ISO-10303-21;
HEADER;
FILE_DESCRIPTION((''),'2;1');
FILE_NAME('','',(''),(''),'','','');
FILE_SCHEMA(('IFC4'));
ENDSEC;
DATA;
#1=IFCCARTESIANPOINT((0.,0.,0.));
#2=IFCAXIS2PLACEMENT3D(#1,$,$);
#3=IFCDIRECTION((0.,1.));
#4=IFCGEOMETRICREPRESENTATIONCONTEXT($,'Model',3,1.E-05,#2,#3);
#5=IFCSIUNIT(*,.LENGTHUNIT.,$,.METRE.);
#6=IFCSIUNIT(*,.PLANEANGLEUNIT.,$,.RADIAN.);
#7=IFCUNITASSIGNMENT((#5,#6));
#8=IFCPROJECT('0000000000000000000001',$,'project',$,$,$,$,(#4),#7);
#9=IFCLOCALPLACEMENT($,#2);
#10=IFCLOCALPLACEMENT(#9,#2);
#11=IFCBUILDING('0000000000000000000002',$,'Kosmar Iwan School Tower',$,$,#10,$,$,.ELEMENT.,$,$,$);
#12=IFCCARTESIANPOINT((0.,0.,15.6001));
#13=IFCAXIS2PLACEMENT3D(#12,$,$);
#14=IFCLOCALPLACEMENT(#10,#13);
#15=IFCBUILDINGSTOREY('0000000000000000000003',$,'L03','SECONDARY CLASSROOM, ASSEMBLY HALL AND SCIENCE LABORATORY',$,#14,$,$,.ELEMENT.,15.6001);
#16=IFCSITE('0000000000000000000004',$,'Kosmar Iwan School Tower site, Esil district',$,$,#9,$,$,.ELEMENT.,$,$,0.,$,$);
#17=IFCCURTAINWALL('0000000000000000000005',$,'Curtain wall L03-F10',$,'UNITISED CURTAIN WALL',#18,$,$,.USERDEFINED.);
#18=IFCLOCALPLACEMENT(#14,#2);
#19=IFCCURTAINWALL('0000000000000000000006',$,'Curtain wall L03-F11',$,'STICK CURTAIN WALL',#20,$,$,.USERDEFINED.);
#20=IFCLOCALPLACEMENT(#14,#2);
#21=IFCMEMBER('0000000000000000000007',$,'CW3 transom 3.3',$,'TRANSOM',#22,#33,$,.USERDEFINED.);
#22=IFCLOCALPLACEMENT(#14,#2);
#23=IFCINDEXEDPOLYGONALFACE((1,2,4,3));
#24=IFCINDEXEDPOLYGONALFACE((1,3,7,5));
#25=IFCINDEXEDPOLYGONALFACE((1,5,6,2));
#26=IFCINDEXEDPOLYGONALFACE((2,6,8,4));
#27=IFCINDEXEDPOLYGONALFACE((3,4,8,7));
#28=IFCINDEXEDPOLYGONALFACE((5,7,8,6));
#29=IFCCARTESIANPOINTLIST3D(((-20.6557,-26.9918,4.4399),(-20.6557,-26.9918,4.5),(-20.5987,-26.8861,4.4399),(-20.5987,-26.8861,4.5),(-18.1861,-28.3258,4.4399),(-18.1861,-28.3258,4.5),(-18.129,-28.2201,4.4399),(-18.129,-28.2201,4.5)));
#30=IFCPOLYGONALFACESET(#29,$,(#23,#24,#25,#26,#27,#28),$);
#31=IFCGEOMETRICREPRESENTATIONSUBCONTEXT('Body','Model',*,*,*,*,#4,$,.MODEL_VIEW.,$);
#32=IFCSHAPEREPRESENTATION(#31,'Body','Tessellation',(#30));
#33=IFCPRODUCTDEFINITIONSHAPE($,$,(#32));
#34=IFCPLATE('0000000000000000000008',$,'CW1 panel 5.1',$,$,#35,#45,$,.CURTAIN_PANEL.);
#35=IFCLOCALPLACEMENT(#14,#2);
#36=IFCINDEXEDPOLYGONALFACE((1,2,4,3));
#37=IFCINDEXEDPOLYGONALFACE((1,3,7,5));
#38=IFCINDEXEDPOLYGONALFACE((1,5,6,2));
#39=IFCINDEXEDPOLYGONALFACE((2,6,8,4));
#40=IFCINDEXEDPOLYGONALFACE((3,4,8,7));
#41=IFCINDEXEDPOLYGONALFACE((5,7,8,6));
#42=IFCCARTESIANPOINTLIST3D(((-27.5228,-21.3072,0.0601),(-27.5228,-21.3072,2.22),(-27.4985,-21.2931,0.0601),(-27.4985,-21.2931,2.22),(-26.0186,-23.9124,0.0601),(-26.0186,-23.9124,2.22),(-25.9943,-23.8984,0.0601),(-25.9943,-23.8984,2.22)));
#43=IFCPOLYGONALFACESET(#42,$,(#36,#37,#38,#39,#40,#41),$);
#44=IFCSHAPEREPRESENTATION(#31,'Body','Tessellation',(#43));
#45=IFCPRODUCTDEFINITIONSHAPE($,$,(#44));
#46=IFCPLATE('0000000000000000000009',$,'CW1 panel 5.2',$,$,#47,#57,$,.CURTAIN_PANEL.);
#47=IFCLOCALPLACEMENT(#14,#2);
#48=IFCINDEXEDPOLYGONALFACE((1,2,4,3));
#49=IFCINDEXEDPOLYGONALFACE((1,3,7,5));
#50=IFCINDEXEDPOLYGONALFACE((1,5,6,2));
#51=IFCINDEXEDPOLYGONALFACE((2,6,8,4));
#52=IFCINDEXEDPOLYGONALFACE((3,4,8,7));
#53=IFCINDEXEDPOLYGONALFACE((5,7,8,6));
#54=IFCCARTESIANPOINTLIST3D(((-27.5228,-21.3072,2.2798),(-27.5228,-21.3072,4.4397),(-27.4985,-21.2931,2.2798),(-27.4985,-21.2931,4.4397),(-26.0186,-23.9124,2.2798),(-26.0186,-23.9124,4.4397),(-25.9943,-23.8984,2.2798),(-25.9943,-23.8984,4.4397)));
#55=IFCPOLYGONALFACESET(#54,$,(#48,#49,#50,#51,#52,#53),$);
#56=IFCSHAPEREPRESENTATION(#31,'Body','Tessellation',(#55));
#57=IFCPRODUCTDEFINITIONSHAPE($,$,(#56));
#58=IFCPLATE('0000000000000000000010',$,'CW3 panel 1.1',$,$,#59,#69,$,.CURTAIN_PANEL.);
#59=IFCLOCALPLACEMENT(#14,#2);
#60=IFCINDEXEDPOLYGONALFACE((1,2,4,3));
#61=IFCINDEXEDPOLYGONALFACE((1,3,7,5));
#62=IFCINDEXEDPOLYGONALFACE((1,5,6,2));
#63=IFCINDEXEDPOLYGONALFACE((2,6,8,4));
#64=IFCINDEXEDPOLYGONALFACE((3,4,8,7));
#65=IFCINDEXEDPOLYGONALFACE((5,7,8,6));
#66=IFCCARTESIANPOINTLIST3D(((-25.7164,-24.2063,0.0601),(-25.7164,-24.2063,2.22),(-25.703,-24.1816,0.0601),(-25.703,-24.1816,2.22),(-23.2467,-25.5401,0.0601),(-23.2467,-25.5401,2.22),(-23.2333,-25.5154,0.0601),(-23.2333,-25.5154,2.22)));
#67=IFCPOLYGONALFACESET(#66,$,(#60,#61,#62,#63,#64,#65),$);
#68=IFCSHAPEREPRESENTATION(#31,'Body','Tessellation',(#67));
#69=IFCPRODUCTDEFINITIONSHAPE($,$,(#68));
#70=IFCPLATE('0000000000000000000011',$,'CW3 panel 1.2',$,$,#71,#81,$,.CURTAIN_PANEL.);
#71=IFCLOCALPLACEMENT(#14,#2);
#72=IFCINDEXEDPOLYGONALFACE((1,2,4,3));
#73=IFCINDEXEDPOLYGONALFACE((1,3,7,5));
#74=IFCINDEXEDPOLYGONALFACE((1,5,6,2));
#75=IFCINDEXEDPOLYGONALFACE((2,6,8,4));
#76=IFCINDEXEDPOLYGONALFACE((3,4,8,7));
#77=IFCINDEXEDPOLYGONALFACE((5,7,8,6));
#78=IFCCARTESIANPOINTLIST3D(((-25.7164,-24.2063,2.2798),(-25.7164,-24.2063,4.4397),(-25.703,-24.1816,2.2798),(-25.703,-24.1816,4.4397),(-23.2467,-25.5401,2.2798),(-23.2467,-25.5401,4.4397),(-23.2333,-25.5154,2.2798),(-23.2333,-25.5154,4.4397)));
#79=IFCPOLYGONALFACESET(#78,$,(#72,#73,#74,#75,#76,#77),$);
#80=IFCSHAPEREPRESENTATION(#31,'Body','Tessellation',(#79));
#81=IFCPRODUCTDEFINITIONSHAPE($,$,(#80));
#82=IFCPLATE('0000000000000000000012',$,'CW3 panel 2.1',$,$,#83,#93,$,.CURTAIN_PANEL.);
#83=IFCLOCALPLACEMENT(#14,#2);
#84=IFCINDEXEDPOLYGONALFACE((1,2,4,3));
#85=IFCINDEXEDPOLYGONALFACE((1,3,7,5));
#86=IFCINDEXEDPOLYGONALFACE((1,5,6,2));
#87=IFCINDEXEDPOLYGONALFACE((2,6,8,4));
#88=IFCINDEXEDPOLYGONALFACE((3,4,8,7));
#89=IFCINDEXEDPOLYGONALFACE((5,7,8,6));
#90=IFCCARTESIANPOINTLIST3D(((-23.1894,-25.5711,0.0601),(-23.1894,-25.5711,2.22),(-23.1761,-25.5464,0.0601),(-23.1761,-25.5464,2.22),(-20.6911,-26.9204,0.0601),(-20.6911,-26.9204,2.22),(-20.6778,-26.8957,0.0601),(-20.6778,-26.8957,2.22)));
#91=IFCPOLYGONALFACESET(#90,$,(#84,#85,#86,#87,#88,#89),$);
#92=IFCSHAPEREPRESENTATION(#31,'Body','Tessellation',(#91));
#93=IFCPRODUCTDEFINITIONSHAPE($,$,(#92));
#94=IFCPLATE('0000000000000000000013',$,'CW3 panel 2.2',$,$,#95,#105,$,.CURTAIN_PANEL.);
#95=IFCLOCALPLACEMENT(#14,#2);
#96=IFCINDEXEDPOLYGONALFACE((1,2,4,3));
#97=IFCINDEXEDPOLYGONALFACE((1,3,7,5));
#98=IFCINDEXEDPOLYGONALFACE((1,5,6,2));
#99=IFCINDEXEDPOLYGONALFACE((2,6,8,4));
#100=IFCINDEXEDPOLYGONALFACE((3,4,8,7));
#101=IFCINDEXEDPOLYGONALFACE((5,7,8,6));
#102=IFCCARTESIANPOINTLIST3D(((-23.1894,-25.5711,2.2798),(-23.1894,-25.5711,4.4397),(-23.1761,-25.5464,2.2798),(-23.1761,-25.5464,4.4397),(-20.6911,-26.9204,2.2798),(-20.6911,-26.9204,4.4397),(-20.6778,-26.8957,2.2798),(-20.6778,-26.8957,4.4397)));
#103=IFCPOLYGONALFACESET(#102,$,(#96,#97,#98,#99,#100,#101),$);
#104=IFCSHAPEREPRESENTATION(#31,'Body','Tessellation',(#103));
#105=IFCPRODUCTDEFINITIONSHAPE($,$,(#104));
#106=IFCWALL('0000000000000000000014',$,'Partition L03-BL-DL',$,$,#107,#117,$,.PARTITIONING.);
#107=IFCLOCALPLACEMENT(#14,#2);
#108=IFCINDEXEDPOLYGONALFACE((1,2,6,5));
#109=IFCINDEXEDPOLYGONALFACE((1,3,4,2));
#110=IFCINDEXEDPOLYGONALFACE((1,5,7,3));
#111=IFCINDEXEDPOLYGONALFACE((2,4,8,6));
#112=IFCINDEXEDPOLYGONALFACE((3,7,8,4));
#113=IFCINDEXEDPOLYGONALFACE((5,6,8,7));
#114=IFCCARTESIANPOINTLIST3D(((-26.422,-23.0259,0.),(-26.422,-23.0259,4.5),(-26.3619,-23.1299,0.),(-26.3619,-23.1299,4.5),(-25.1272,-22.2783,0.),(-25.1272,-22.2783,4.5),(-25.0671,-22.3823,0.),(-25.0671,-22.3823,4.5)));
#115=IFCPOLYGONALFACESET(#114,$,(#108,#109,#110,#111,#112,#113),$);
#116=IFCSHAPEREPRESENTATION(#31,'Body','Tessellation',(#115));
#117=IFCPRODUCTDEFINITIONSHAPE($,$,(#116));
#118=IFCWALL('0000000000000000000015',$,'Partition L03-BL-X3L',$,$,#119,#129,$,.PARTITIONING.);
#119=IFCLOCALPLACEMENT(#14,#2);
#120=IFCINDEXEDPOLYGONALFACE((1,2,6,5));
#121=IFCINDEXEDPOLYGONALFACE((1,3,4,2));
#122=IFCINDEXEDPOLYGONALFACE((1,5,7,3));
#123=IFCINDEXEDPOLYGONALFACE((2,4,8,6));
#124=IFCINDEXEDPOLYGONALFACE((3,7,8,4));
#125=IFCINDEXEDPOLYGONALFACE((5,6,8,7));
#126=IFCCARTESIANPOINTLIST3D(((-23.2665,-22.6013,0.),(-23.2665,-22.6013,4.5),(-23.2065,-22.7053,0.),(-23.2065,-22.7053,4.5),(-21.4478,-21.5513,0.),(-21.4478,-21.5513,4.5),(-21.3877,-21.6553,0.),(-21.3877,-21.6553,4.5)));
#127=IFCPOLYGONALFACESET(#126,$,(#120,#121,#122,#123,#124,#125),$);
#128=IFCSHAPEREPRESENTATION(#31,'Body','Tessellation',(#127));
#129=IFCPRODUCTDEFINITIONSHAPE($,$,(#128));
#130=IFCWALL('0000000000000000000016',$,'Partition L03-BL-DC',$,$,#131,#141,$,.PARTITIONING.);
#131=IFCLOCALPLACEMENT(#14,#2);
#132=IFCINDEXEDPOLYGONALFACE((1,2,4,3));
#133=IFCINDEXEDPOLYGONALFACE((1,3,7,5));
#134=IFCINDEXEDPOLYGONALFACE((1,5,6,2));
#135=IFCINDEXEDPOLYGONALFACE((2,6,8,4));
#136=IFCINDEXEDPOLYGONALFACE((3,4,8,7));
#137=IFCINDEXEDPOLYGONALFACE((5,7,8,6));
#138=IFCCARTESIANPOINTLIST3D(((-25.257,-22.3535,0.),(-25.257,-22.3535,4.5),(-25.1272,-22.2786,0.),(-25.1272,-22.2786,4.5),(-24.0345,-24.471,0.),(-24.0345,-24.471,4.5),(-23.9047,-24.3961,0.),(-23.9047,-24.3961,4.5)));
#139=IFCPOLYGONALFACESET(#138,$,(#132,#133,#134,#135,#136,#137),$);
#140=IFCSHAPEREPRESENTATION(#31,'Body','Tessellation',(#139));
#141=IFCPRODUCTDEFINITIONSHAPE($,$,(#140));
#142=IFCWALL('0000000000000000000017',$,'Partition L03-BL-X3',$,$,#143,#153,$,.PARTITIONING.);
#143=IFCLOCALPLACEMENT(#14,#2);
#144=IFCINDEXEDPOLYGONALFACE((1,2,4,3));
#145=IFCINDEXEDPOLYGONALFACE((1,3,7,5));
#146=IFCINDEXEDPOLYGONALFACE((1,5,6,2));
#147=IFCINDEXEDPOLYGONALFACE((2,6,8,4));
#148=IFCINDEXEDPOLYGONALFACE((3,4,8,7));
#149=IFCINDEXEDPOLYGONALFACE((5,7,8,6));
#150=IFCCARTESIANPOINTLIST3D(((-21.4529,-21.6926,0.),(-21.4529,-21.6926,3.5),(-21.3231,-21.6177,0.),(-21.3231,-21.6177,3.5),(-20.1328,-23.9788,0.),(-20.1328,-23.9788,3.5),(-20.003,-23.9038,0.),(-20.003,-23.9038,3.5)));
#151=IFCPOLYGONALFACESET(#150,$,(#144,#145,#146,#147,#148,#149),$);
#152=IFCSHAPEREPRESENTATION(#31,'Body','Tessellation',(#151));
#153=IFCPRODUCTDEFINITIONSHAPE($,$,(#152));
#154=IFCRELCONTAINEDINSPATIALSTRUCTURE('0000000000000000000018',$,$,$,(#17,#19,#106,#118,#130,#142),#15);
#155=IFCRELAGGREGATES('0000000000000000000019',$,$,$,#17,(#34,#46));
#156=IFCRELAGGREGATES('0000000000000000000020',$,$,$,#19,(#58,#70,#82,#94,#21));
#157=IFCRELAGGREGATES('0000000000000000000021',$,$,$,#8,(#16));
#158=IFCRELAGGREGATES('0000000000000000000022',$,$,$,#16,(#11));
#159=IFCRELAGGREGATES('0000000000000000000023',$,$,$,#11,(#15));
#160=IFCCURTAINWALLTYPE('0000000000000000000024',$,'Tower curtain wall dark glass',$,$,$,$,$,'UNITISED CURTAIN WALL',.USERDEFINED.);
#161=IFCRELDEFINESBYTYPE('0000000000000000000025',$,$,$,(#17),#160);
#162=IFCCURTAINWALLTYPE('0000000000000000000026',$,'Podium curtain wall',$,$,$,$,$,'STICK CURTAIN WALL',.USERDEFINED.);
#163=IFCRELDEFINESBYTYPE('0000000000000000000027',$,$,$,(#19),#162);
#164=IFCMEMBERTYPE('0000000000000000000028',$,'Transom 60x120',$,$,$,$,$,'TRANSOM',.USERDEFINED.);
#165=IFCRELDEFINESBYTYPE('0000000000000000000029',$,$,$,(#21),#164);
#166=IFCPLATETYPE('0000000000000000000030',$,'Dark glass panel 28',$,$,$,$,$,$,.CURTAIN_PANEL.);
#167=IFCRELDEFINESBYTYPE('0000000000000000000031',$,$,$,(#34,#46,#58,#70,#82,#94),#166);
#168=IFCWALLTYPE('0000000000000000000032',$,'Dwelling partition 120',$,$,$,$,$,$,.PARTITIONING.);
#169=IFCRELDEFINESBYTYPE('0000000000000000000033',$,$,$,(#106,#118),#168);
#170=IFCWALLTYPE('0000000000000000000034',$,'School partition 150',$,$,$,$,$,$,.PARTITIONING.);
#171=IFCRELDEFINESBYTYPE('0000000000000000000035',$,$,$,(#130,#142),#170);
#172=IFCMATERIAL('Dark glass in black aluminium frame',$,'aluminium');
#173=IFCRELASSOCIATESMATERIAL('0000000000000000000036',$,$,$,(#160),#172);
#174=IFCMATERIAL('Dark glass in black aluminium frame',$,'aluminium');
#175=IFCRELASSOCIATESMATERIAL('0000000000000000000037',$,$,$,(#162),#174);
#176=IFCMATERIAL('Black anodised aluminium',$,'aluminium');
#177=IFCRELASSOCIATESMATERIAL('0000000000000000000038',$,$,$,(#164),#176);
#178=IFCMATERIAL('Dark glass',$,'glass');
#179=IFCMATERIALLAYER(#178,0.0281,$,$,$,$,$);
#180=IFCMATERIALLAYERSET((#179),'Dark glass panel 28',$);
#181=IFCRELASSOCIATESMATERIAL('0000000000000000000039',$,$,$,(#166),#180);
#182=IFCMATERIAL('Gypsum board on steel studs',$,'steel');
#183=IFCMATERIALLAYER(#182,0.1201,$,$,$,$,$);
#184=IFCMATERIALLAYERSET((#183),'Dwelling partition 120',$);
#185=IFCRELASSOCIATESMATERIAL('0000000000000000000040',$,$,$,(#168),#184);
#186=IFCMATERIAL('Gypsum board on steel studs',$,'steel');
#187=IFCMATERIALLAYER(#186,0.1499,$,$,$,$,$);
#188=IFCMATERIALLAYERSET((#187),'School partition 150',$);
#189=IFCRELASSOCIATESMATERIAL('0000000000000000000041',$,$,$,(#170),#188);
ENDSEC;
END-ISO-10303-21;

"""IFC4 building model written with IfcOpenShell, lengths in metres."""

from ifc_helpers import new_model, si_unit, direction, frame, frame_2d, origin, origin_2d, place, context, subcontext, project, spatial, rectangle, extrude, material, layer, layer_set, material_profile, profile_set, type_object, element, aggregate, save


model = new_model("IFC4")

# Units and contexts
model_context = context("Model", 3, precision=1e-05, world=origin(), true_north=direction((0.0, 1.0)))
body_context = subcontext(model_context, "Body", "Model", "MODEL_VIEW")
ifc_project = project(units=[si_unit("LENGTHUNIT", "METRE"), si_unit("PLANEANGLEUNIT", "RADIAN")], contexts=[model_context])

# Site, building, storey
site_placement = place(None, origin())
site = spatial("IfcSite", under=ifc_project, at=site_placement, Name="Kosmar Iwan School Tower site, Esil district", CompositionType="ELEMENT", RefElevation=0.0)
building_placement = place(site_placement, origin())
building = spatial("IfcBuilding", under=site, at=building_placement, Name="Kosmar Iwan School Tower", CompositionType="ELEMENT")
storey_placement = place(building_placement, frame((0.0, 0.0, 15.6001)))
storey = spatial("IfcBuildingStorey", under=building, at=storey_placement, Name="L03", Description="SECONDARY CLASSROOM, ASSEMBLY HALL AND SCIENCE LABORATORY", CompositionType="ELEMENT", Elevation=15.6001)

# Curtain wall
ifc_material_1 = material(Name="Dark glass in black aluminium frame", Category="aluminium")
curtain_wall_type_1 = type_object("IfcCurtainWallType", Name="Tower curtain wall dark glass", ElementType="UNITISED CURTAIN WALL", PredefinedType="USERDEFINED", material=ifc_material_1)
curtain_wall_1_placement = place(storey_placement, origin())
curtain_wall_1 = element("IfcCurtainWall", 1, at=curtain_wall_1_placement, inside=storey, type_object=curtain_wall_type_1, Name="Curtain wall L03-F10", ObjectType="UNITISED CURTAIN WALL", PredefinedType="USERDEFINED")

# Curtain wall
ifc_material_2 = material(Name="Dark glass in black aluminium frame", Category="aluminium")
curtain_wall_type_2 = type_object("IfcCurtainWallType", Name="Podium curtain wall", ElementType="STICK CURTAIN WALL", PredefinedType="USERDEFINED", material=ifc_material_2)
curtain_wall_2_placement = place(storey_placement, origin())
curtain_wall_2 = element("IfcCurtainWall", 2, at=curtain_wall_2_placement, inside=storey, type_object=curtain_wall_type_2, Name="Curtain wall L03-F11", ObjectType="STICK CURTAIN WALL", PredefinedType="USERDEFINED")

# Member
ifc_material_3 = material(Name="Black anodised aluminium", Category="aluminium")
ifc_material_profile_1 = material_profile(ifc_material_3, rectangle(XDim=0.1201, YDim=0.0601, at=origin_2d()), Name="TRANSOM 60x120")
ifc_profile_set_1 = profile_set([ifc_material_profile_1], Name="Black anodised aluminium")
member_type_1 = type_object("IfcMemberType", Name="Transom 60x120", ElementType="TRANSOM", PredefinedType="USERDEFINED", material=ifc_profile_set_1)
member_1_placement = place(storey_placement, frame((-20.6272, -26.939, 4.47), z_axis=(0.879856, -0.47524, 0.0), x_axis=(0.47524, 0.879856, 0.0)))
member_1 = element("IfcMember", 3, at=member_1_placement, type_object=member_type_1, Name="CW3 transom 3.3", ObjectType="TRANSOM", PredefinedType="USERDEFINED", context=body_context, shape_type="SweptSolid", body=[
    extrude(rectangle(XDim=0.1201, YDim=0.0601, at=origin_2d()), origin(), (0.0, 0.0, 1.0), 2.8069),
])

# Plates
ifc_material_4 = material(Name="Dark glass", Category="glass")
ifc_layer_1 = layer(ifc_material_4, 0.0281)
ifc_layer_set_1 = layer_set([ifc_layer_1], Name="Dark glass panel 28")
plate_type = type_object("IfcPlateType", Name="Dark glass panel 28", PredefinedType="CURTAIN_PANEL", material=ifc_layer_set_1)
plate_1_placement = place(storey_placement, frame((-26.7585, -22.6028, 0.0601), z_axis=(0.0, 0.0, 1.0), x_axis=(0.5, -0.866025, 0.0)))
plate_1 = element("IfcPlate", 4, at=plate_1_placement, type_object=plate_type, Name="CW1 panel 5.1", PredefinedType="CURTAIN_PANEL", context=body_context, shape_type="SweptSolid", body=[
    extrude(rectangle(XDim=3.0083, YDim=0.0281, at=origin_2d()), origin(), (0.0, 0.0, 1.0), 2.1599),
])
plate_2_placement = place(storey_placement, frame((-26.7585, -22.6028, 2.2798), z_axis=(0.0, 0.0, 1.0), x_axis=(0.5, -0.866025, 0.0)))
plate_2 = element("IfcPlate", 5, at=plate_2_placement, type_object=plate_type, Name="CW1 panel 5.2", PredefinedType="CURTAIN_PANEL", context=body_context, shape_type="SweptSolid", body=[
    extrude(rectangle(XDim=3.0083, YDim=0.0281, at=origin_2d()), origin(), (0.0, 0.0, 1.0), 2.1599),
])
aggregate(curtain_wall_1, [plate_1, plate_2])
plate_3_placement = place(storey_placement, frame((-24.4749, -24.8608, 0.0601), z_axis=(0.0, 0.0, 1.0), x_axis=(0.879869, -0.475215, 0.0)))
plate_3 = element("IfcPlate", 6, at=plate_3_placement, type_object=plate_type, Name="CW3 panel 1.1", PredefinedType="CURTAIN_PANEL", context=body_context, shape_type="SweptSolid", body=[
    extrude(rectangle(XDim=2.8069, YDim=0.0281, at=origin_2d()), origin(), (0.0, 0.0, 1.0), 2.1599),
])
plate_4_placement = place(storey_placement, frame((-24.4749, -24.8608, 2.2798), z_axis=(0.0, 0.0, 1.0), x_axis=(0.879869, -0.475215, 0.0)))
plate_4 = element("IfcPlate", 7, at=plate_4_placement, type_object=plate_type, Name="CW3 panel 1.2", PredefinedType="CURTAIN_PANEL", context=body_context, shape_type="SweptSolid", body=[
    extrude(rectangle(XDim=2.8069, YDim=0.0281, at=origin_2d()), origin(), (0.0, 0.0, 1.0), 2.1599),
])
plate_5_placement = place(storey_placement, frame((-21.9336, -26.2334, 0.0601), z_axis=(0.0, 0.0, 1.0), x_axis=(0.879869, -0.475215, 0.0)))
plate_5 = element("IfcPlate", 8, at=plate_5_placement, type_object=plate_type, Name="CW3 panel 2.1", PredefinedType="CURTAIN_PANEL", context=body_context, shape_type="SweptSolid", body=[
    extrude(rectangle(XDim=2.8394, YDim=0.0281, at=origin_2d()), origin(), (0.0, 0.0, 1.0), 2.1599),
])
plate_6_placement = place(storey_placement, frame((-21.9336, -26.2334, 2.2798), z_axis=(0.0, 0.0, 1.0), x_axis=(0.879869, -0.475215, 0.0)))
plate_6 = element("IfcPlate", 9, at=plate_6_placement, type_object=plate_type, Name="CW3 panel 2.2", PredefinedType="CURTAIN_PANEL", context=body_context, shape_type="SweptSolid", body=[
    extrude(rectangle(XDim=2.8394, YDim=0.0281, at=origin_2d()), origin(), (0.0, 0.0, 1.0), 2.1599),
])
aggregate(curtain_wall_2, [plate_3, plate_4, plate_5, plate_6, member_1])

# Walls
ifc_material_5 = material(Name="Gypsum board on steel studs", Category="steel")
ifc_layer_2 = layer(ifc_material_5, 0.1201)
ifc_layer_set_2 = layer_set([ifc_layer_2], Name="Dwelling partition 120")
wall_type_1 = type_object("IfcWallType", Name="Dwelling partition 120", PredefinedType="PARTITIONING", material=ifc_layer_set_2)
wall_1_placement = place(storey_placement, frame((-25.0972, -22.3303, 0.0), z_axis=(0.0, 0.0, 1.0), x_axis=(-0.866003, -0.500038, 0.0)))
element("IfcWall", 10, at=wall_1_placement, inside=storey, type_object=wall_type_1, Name="Partition L03-BL-DL", PredefinedType="PARTITIONING", context=body_context, shape_type="SweptSolid", body=[
    extrude(rectangle(XDim=1.4951, YDim=0.1201, at=frame_2d((0.7476, 0.0))), origin(), (0.0, 0.0, 1.0), 4.5),
])
wall_2_placement = place(storey_placement, frame((-21.4177, -21.6033, 0.0), z_axis=(0.0, 0.0, 1.0), x_axis=(-0.866038, -0.499977, 0.0)))
element("IfcWall", 11, at=wall_2_placement, inside=storey, type_object=wall_type_1, Name="Partition L03-BL-X3L", PredefinedType="PARTITIONING", context=body_context, shape_type="SweptSolid", body=[
    extrude(rectangle(XDim=2.1001, YDim=0.1201, at=frame_2d((1.05, 0.0))), origin(), (0.0, 0.0, 1.0), 4.5),
])
ifc_material_6 = material(Name="Gypsum board on steel studs", Category="steel")
ifc_layer_3 = layer(ifc_material_6, 0.1499)
ifc_layer_set_3 = layer_set([ifc_layer_3], Name="School partition 150")
wall_type_2 = type_object("IfcWallType", Name="School partition 150", PredefinedType="PARTITIONING", material=ifc_layer_set_3)
wall_3_placement = place(storey_placement, frame((-25.1921, -22.3159, 0.0), z_axis=(0.0, 0.0, 1.0), x_axis=(0.499973, -0.866041, 0.0)))
element("IfcWall", 12, at=wall_3_placement, inside=storey, type_object=wall_type_2, Name="Partition L03-BL-DC", PredefinedType="PARTITIONING", context=body_context, shape_type="SweptSolid", body=[
    extrude(rectangle(XDim=2.4451, YDim=0.1499, at=frame_2d((1.2227, 0.0))), origin(), (0.0, 0.0, 1.0), 4.5),
])
wall_4_placement = place(storey_placement, frame((-21.3879, -21.6553, 0.0), z_axis=(0.0, 0.0, 1.0), x_axis=(0.500048, -0.865998, 0.0)))
element("IfcWall", 13, at=wall_4_placement, inside=storey, type_object=wall_type_2, Name="Partition L03-BL-X3", PredefinedType="PARTITIONING", context=body_context, shape_type="SweptSolid", body=[
    extrude(rectangle(XDim=2.6399, YDim=0.1499, at=frame_2d((1.3198, 0.0))), origin(), (0.0, 0.0, 1.0), 3.5),
])

save(model, "model.ifc")
